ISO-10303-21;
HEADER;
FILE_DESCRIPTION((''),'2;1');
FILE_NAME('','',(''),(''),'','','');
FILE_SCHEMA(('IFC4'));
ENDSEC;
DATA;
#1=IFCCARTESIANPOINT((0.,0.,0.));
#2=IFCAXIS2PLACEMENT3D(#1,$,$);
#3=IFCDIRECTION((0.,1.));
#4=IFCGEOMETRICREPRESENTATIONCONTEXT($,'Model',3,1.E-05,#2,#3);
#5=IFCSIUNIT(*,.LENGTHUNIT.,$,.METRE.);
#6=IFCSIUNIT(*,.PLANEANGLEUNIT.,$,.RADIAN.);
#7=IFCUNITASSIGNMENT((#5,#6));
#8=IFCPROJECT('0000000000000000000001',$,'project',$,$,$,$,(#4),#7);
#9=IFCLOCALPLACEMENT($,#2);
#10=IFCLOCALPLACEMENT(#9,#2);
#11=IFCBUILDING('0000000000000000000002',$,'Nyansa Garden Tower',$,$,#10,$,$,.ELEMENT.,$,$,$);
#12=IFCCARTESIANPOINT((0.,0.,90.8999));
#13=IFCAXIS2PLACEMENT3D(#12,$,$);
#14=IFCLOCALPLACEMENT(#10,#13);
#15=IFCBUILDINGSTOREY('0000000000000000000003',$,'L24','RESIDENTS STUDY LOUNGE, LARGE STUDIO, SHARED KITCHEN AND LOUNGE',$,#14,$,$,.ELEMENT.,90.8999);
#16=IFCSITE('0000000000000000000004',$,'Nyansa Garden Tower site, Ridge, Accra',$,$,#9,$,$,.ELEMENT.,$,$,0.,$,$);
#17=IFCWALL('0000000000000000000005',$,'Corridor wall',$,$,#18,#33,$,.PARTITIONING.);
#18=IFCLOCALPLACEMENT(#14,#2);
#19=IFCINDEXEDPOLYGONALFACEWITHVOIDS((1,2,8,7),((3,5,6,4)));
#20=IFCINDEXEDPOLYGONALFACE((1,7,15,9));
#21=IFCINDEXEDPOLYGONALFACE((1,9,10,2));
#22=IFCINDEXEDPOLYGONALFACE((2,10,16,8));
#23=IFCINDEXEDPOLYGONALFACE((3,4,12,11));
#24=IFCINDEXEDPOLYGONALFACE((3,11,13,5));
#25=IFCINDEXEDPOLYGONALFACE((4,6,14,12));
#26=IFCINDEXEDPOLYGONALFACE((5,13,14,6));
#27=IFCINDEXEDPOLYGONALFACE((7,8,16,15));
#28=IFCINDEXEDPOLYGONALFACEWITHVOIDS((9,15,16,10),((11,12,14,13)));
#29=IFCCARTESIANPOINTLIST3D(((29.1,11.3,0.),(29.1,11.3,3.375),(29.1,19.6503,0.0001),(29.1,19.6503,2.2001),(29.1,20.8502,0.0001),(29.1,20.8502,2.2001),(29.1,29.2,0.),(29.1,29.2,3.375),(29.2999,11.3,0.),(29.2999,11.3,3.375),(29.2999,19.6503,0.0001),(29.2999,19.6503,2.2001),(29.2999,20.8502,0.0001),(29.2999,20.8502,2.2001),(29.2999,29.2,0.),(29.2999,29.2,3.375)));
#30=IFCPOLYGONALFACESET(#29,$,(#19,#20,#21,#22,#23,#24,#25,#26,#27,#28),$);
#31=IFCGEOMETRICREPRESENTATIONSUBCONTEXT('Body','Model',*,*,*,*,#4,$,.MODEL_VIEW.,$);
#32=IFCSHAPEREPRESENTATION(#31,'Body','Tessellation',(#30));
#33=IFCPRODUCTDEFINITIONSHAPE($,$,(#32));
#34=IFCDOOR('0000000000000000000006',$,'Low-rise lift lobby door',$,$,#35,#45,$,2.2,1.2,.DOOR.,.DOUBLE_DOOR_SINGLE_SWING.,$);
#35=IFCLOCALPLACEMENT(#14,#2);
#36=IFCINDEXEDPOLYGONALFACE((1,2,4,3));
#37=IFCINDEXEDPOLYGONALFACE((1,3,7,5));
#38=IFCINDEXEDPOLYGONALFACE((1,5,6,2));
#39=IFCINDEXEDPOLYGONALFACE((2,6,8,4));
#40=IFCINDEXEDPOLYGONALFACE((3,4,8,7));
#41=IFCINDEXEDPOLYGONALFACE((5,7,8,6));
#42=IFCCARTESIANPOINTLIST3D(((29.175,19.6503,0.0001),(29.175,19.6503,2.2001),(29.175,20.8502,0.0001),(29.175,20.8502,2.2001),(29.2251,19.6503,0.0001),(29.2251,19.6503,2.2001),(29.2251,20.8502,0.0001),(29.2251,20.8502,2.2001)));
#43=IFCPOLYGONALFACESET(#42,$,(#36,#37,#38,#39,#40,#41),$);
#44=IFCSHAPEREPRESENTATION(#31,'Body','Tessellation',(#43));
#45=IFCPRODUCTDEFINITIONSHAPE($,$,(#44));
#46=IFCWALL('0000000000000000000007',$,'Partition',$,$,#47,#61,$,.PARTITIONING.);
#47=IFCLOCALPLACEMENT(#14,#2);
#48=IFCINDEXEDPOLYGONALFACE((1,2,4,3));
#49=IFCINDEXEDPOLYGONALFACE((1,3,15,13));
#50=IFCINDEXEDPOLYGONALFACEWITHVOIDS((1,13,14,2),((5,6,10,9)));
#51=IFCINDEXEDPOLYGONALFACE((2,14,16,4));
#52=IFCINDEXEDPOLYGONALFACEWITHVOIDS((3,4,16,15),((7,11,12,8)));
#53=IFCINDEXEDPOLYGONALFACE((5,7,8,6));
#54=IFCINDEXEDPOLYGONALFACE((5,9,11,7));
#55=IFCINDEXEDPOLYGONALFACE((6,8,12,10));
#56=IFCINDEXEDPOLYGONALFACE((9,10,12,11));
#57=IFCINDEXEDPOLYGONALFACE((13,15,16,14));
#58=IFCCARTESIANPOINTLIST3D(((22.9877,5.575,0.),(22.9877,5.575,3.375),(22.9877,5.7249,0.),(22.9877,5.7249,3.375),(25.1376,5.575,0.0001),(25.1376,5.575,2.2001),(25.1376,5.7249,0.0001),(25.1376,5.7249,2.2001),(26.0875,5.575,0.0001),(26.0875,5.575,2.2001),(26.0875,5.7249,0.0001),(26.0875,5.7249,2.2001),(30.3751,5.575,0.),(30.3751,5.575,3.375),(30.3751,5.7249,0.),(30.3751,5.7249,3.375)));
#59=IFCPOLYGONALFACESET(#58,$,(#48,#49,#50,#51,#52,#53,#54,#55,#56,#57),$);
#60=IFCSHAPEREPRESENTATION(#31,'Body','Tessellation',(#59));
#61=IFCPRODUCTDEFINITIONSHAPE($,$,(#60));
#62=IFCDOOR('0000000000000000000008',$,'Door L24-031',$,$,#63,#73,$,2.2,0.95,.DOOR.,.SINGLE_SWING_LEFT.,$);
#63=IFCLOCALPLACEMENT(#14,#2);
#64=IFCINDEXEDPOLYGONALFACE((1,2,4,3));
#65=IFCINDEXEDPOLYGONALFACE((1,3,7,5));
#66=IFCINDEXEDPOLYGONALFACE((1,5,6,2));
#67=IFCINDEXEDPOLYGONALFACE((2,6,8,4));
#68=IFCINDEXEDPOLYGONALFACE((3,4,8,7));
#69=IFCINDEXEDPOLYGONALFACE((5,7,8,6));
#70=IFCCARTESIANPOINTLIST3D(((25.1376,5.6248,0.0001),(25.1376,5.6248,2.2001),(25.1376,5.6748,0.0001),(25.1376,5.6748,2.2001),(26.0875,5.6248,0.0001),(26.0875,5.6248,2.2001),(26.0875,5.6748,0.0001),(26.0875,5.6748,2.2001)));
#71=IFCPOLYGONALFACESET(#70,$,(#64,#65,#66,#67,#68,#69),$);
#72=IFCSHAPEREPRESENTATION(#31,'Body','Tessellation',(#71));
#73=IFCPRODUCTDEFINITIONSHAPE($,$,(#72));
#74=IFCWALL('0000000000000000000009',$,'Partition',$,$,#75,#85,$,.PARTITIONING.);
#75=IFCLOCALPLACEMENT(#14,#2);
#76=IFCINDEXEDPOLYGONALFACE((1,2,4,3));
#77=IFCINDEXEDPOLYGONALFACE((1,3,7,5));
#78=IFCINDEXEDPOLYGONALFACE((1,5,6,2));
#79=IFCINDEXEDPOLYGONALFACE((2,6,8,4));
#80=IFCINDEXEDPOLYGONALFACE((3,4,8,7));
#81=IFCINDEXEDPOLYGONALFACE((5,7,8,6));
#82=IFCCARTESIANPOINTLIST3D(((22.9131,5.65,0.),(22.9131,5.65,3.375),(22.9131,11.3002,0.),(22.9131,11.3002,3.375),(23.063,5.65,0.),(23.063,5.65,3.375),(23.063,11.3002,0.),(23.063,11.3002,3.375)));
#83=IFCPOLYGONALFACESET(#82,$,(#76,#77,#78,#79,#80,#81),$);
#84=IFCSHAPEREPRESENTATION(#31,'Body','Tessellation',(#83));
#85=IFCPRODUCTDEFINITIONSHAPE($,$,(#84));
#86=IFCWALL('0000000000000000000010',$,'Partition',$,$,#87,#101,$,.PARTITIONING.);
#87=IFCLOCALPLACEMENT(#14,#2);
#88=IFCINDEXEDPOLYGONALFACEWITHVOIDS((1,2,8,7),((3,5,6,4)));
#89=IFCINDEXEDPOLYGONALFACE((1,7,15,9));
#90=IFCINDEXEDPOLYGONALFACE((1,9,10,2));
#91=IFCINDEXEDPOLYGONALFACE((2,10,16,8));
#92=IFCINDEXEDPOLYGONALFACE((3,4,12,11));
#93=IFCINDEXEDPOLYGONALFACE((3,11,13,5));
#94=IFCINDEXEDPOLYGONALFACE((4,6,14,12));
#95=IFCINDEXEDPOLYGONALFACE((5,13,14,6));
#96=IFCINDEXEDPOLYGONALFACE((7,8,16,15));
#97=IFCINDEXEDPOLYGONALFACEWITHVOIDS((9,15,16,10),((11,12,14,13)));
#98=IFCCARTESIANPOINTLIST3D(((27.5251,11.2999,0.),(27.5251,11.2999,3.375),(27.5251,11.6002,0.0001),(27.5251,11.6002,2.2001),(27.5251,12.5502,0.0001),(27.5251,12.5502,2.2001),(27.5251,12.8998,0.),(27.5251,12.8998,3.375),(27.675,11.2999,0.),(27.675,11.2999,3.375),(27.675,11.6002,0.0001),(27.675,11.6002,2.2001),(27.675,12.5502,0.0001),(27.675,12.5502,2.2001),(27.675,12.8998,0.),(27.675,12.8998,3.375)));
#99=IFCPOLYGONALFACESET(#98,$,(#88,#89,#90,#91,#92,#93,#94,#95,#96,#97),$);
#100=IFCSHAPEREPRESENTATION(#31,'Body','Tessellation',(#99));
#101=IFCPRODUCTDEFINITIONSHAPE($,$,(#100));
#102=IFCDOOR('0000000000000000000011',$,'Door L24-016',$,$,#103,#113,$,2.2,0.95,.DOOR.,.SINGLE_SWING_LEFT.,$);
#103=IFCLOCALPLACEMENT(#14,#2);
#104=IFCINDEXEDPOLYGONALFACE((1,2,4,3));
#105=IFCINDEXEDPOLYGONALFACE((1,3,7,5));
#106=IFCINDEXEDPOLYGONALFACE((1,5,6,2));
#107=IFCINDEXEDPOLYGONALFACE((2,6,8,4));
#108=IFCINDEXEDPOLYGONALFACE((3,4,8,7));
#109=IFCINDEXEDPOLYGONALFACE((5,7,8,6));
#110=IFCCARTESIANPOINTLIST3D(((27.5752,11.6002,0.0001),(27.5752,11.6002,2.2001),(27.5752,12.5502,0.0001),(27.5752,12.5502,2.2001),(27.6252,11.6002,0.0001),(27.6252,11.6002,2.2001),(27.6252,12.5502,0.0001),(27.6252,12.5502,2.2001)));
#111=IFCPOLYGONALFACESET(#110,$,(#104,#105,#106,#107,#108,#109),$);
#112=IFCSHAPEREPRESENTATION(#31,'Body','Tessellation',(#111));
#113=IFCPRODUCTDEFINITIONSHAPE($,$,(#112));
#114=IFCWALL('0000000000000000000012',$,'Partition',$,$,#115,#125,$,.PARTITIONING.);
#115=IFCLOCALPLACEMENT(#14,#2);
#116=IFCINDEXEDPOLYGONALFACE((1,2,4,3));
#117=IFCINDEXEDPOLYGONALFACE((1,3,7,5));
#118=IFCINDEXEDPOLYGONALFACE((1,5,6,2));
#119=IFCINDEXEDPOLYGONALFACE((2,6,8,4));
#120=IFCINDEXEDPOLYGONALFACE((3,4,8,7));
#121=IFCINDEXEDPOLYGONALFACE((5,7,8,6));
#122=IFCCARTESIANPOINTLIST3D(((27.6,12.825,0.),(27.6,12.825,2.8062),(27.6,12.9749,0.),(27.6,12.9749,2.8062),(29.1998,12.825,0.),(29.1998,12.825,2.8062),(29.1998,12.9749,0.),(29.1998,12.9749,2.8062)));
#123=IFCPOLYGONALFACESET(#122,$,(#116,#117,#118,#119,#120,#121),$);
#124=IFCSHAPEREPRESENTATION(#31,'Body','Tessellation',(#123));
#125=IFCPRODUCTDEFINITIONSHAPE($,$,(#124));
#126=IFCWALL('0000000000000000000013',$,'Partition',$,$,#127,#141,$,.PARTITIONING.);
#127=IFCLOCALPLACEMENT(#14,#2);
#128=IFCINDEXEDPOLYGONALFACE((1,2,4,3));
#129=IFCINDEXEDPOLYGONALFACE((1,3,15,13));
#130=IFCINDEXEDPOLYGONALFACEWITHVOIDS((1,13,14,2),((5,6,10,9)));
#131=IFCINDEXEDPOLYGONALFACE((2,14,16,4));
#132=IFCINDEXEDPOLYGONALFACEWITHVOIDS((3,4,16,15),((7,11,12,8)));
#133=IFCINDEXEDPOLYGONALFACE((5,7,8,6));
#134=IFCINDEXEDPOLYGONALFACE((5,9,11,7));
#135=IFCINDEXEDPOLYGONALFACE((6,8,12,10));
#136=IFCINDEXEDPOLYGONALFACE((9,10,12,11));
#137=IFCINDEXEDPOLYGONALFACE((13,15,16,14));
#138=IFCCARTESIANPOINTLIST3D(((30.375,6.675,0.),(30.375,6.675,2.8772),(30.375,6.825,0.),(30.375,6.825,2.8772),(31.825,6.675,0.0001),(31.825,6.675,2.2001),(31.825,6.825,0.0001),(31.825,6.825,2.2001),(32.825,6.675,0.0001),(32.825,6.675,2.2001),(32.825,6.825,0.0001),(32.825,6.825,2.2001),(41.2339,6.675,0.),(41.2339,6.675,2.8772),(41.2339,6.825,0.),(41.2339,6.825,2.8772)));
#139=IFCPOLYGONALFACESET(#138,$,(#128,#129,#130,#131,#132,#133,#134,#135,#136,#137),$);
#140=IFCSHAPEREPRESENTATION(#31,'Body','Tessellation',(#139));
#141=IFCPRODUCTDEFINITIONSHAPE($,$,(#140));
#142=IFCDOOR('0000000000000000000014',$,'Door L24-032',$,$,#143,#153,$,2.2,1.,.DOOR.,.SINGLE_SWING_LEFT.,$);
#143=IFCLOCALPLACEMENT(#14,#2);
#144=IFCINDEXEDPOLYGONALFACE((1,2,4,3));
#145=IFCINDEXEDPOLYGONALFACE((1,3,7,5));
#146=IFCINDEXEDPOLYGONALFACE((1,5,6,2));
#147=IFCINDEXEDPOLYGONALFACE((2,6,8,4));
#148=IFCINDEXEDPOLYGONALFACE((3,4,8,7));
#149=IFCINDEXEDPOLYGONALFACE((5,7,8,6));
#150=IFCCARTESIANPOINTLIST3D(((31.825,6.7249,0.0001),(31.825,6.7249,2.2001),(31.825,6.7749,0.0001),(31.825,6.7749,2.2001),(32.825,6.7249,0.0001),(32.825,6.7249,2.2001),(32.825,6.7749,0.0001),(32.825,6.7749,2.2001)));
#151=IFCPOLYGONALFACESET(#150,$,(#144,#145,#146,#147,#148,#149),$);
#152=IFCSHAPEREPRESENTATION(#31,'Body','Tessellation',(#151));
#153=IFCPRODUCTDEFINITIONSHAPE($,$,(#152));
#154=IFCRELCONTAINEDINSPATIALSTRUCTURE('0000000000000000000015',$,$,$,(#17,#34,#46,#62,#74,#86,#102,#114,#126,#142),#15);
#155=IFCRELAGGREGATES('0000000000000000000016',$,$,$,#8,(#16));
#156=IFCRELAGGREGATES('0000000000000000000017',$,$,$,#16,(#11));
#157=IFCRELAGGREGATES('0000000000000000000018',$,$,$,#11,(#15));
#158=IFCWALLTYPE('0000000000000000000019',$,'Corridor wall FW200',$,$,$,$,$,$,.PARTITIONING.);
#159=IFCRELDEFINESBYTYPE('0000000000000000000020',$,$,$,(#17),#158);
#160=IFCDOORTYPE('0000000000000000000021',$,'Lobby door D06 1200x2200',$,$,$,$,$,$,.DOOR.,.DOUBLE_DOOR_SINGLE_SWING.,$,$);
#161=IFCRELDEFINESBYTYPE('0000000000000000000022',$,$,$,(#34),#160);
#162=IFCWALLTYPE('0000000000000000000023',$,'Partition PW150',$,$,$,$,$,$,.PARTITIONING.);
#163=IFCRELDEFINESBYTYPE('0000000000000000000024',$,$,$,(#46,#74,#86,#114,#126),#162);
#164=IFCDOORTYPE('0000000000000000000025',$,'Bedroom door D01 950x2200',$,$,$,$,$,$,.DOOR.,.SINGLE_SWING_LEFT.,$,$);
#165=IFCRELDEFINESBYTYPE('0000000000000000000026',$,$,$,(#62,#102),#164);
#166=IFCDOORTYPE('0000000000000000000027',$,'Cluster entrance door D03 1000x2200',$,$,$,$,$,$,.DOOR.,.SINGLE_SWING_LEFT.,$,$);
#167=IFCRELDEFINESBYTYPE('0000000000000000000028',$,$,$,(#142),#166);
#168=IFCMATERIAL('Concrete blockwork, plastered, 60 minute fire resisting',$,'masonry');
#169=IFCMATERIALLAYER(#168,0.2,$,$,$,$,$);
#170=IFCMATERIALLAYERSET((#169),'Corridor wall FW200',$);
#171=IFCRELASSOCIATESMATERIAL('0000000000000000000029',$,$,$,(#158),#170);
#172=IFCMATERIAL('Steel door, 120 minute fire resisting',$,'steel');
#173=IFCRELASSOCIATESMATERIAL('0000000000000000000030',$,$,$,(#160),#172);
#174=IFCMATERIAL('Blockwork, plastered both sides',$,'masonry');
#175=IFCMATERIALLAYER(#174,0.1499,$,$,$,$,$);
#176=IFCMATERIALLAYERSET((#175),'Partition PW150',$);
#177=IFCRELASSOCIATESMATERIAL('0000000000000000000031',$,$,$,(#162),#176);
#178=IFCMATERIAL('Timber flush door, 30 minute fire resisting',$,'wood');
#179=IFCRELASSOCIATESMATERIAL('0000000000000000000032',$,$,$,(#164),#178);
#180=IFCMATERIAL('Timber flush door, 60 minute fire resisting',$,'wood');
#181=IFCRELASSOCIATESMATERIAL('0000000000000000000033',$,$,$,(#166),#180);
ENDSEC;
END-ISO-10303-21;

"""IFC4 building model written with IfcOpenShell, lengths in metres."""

from ifc_helpers import new_model, si_unit, direction, frame, frame_2d, origin, place, context, subcontext, project, spatial, rectangle, extrude, material, layer, layer_set, type_object, element, fill, save


model = new_model("IFC4")

# Units and contexts
model_context = context("Model", 3, precision=1e-05, world=origin(), true_north=direction((0.0, 1.0)))
body_context = subcontext(model_context, "Body", "Model", "MODEL_VIEW")
ifc_project = project(units=[si_unit("LENGTHUNIT", "METRE"), si_unit("PLANEANGLEUNIT", "RADIAN")], contexts=[model_context])

# Site, building, storey
site_placement = place(None, origin())
site = spatial("IfcSite", under=ifc_project, at=site_placement, Name="Nyansa Garden Tower site, Ridge, Accra", CompositionType="ELEMENT", RefElevation=0.0)
building_placement = place(site_placement, origin())
building = spatial("IfcBuilding", under=site, at=building_placement, Name="Nyansa Garden Tower", CompositionType="ELEMENT")
storey_placement = place(building_placement, frame((0.0, 0.0, 90.8999)))
storey = spatial("IfcBuildingStorey", under=building, at=storey_placement, Name="L24", Description="RESIDENTS STUDY LOUNGE, LARGE STUDIO, SHARED KITCHEN AND LOUNGE", CompositionType="ELEMENT", Elevation=90.8999)

# Walls, openings, doors
ifc_material_1 = material(Name="Concrete blockwork, plastered, 60 minute fire resisting", Category="masonry")
ifc_layer_1 = layer(ifc_material_1, 0.2)
ifc_layer_set_1 = layer_set([ifc_layer_1], Name="Corridor wall FW200")
wall_type_1 = type_object("IfcWallType", Name="Corridor wall FW200", PredefinedType="PARTITIONING", material=ifc_layer_set_1)
wall_1_placement = place(storey_placement, frame((29.2, 11.3, 0.0), z_axis=(0.0, 0.0, 1.0), x_axis=(0.0, 1.0, 0.0)))
wall_1 = element("IfcWall", 1, at=wall_1_placement, inside=storey, type_object=wall_type_1, Name="Corridor wall", PredefinedType="PARTITIONING", context=body_context, shape_type="SweptSolid", body=[
    extrude(rectangle(XDim=17.8999, YDim=0.2, at=frame_2d((8.95, 0.0))), origin(), (0.0, 0.0, 1.0), 3.375),
])
opening_1_placement = place(wall_1_placement, frame((8.3501, 0.0, 0.0)))
opening_1 = element("IfcOpeningElement", 2, at=opening_1_placement, cuts=wall_1, PredefinedType="OPENING", context=body_context, shape_type="SweptSolid", body=[
    extrude(rectangle(XDim=1.2, YDim=2.2, at=frame_2d((0.6001, 1.1001))), frame((0.0, 0.1099, 0.0), z_axis=(0.0, -1.0, 0.0), x_axis=(1.0, 0.0, 0.0)), (0.0, 0.0, 1.0), 0.22),
])
ifc_material_2 = material(Name="Steel door, 120 minute fire resisting", Category="steel")
door_type_1 = type_object("IfcDoorType", Name="Lobby door D06 1200x2200", OperationType="DOUBLE_DOOR_SINGLE_SWING", PredefinedType="DOOR", material=ifc_material_2)
door_1_placement = place(opening_1_placement, origin())
door_1 = element("IfcDoor", 3, at=door_1_placement, inside=storey, type_object=door_type_1, Name="Low-rise lift lobby door", OperationType="DOUBLE_DOOR_SINGLE_SWING", OverallHeight=2.2, OverallWidth=1.2, PredefinedType="DOOR", context=body_context, shape_type="SweptSolid", body=[
    extrude(rectangle(XDim=1.2, YDim=2.2, at=frame_2d((0.6001, 1.1001))), frame((0.0, 0.0249, 0.0), z_axis=(0.0, -1.0, 0.0), x_axis=(1.0, 0.0, 0.0)), (0.0, 0.0, 1.0), 0.05),
])
fill(opening_1, door_1)
ifc_material_3 = material(Name="Blockwork, plastered both sides", Category="masonry")
ifc_layer_2 = layer(ifc_material_3, 0.1499)
ifc_layer_set_2 = layer_set([ifc_layer_2], Name="Partition PW150")
wall_type_2 = type_object("IfcWallType", Name="Partition PW150", PredefinedType="PARTITIONING", material=ifc_layer_set_2)
wall_2_placement = place(storey_placement, frame((22.9875, 5.6499, 0.0), z_axis=(0.0, 0.0, 1.0), x_axis=(1.0, 0.0, 0.0)))
wall_2 = element("IfcWall", 4, at=wall_2_placement, inside=storey, type_object=wall_type_2, Name="Partition", PredefinedType="PARTITIONING", context=body_context, shape_type="SweptSolid", body=[
    extrude(rectangle(XDim=7.3875, YDim=0.1499, at=frame_2d((3.6938, 0.0))), origin(), (0.0, 0.0, 1.0), 3.375),
])
opening_2_placement = place(wall_2_placement, frame((2.1499, 0.0, 0.0)))
opening_2 = element("IfcOpeningElement", 5, at=opening_2_placement, cuts=wall_2, PredefinedType="OPENING", context=body_context, shape_type="SweptSolid", body=[
    extrude(rectangle(XDim=0.95, YDim=2.2, at=frame_2d((0.4751, 1.1001))), frame((0.0, 0.085, 0.0), z_axis=(0.0, -1.0, 0.0), x_axis=(1.0, 0.0, 0.0)), (0.0, 0.0, 1.0), 0.1699),
])
ifc_material_4 = material(Name="Timber flush door, 30 minute fire resisting", Category="wood")
door_type_2 = type_object("IfcDoorType", Name="Bedroom door D01 950x2200", OperationType="SINGLE_SWING_LEFT", PredefinedType="DOOR", material=ifc_material_4)
door_2_placement = place(opening_2_placement, origin())
door_2 = element("IfcDoor", 6, at=door_2_placement, inside=storey, type_object=door_type_2, Name="Door L24-031", OperationType="SINGLE_SWING_LEFT", OverallHeight=2.2, OverallWidth=0.95, PredefinedType="DOOR", context=body_context, shape_type="SweptSolid", body=[
    extrude(rectangle(XDim=0.95, YDim=2.2, at=frame_2d((0.4751, 1.1001))), frame((0.0, 0.0249, 0.0), z_axis=(0.0, -1.0, 0.0), x_axis=(1.0, 0.0, 0.0)), (0.0, 0.0, 1.0), 0.05),
])
fill(opening_2, door_2)

# Wall
wall_3_placement = place(storey_placement, frame((22.988, 5.6499, 0.0), z_axis=(0.0, 0.0, 1.0), x_axis=(0.0, 1.0, 0.0)))
element("IfcWall", 7, at=wall_3_placement, inside=storey, type_object=wall_type_2, Name="Partition", PredefinedType="PARTITIONING", context=body_context, shape_type="SweptSolid", body=[
    extrude(rectangle(XDim=5.6501, YDim=0.1499, at=frame_2d((2.8252, 0.0))), origin(), (0.0, 0.0, 1.0), 3.375),
])

# Wall, opening, door
wall_4_placement = place(storey_placement, frame((27.6001, 11.3, 0.0), z_axis=(0.0, 0.0, 1.0), x_axis=(0.0, 1.0, 0.0)))
wall_4 = element("IfcWall", 8, at=wall_4_placement, inside=storey, type_object=wall_type_2, Name="Partition", PredefinedType="PARTITIONING", context=body_context, shape_type="SweptSolid", body=[
    extrude(rectangle(XDim=1.5999, YDim=0.1499, at=frame_2d((0.7998, 0.0))), origin(), (0.0, 0.0, 1.0), 3.375),
])
opening_3_placement = place(wall_4_placement, frame((0.3, 0.0, 0.0)))
opening_3 = element("IfcOpeningElement", 9, at=opening_3_placement, cuts=wall_4, PredefinedType="OPENING", context=body_context, shape_type="SweptSolid", body=[
    extrude(rectangle(XDim=0.95, YDim=2.2, at=frame_2d((0.4751, 1.1001))), frame((0.0, 0.085, 0.0), z_axis=(0.0, -1.0, 0.0), x_axis=(1.0, 0.0, 0.0)), (0.0, 0.0, 1.0), 0.1699),
])
door_3_placement = place(opening_3_placement, origin())
door_3 = element("IfcDoor", 10, at=door_3_placement, inside=storey, type_object=door_type_2, Name="Door L24-016", OperationType="SINGLE_SWING_LEFT", OverallHeight=2.2, OverallWidth=0.95, PredefinedType="DOOR", context=body_context, shape_type="SweptSolid", body=[
    extrude(rectangle(XDim=0.95, YDim=2.2, at=frame_2d((0.4751, 1.1001))), frame((0.0, 0.0249, 0.0), z_axis=(0.0, -1.0, 0.0), x_axis=(1.0, 0.0, 0.0)), (0.0, 0.0, 1.0), 0.05),
])
fill(opening_3, door_3)

# Wall
wall_5_placement = place(storey_placement, frame((27.6001, 12.8999, 0.0), z_axis=(0.0, 0.0, 1.0), x_axis=(1.0, 0.0, 0.0)))
element("IfcWall", 11, at=wall_5_placement, inside=storey, type_object=wall_type_2, Name="Partition", PredefinedType="PARTITIONING", context=body_context, shape_type="SweptSolid", body=[
    extrude(rectangle(XDim=1.5999, YDim=0.1499, at=frame_2d((0.7998, 0.0))), origin(), (0.0, 0.0, 1.0), 2.8062),
])

# Wall, opening, door
wall_6_placement = place(storey_placement, frame((30.375, 6.75, 0.0), z_axis=(0.0, 0.0, 1.0), x_axis=(1.0, 0.0, 0.0)))
wall_6 = element("IfcWall", 12, at=wall_6_placement, inside=storey, type_object=wall_type_2, Name="Partition", PredefinedType="PARTITIONING", context=body_context, shape_type="SweptSolid", body=[
    extrude(rectangle(XDim=10.8589, YDim=0.1499, at=frame_2d((5.4294, 0.0))), origin(), (0.0, 0.0, 1.0), 2.8772),
])
opening_4_placement = place(wall_6_placement, frame((1.45, 0.0, 0.0)))
opening_4 = element("IfcOpeningElement", 13, at=opening_4_placement, cuts=wall_6, PredefinedType="OPENING", context=body_context, shape_type="SweptSolid", body=[
    extrude(rectangle(XDim=1.0, YDim=2.2, at=frame_2d((0.5, 1.1001))), frame((0.0, 0.085, 0.0), z_axis=(0.0, -1.0, 0.0), x_axis=(1.0, 0.0, 0.0)), (0.0, 0.0, 1.0), 0.1699),
])
ifc_material_5 = material(Name="Timber flush door, 60 minute fire resisting", Category="wood")
door_type_3 = type_object("IfcDoorType", Name="Cluster entrance door D03 1000x2200", OperationType="SINGLE_SWING_LEFT", PredefinedType="DOOR", material=ifc_material_5)
door_4_placement = place(opening_4_placement, origin())
door_4 = element("IfcDoor", 14, at=door_4_placement, inside=storey, type_object=door_type_3, Name="Door L24-032", OperationType="SINGLE_SWING_LEFT", OverallHeight=2.2, OverallWidth=1.0, PredefinedType="DOOR", context=body_context, shape_type="SweptSolid", body=[
    extrude(rectangle(XDim=1.0, YDim=2.2, at=frame_2d((0.5, 1.1001))), frame((0.0, 0.0249, 0.0), z_axis=(0.0, -1.0, 0.0), x_axis=(1.0, 0.0, 0.0)), (0.0, 0.0, 1.0), 0.05),
])
fill(opening_4, door_4)

save(model, "model.ifc")
